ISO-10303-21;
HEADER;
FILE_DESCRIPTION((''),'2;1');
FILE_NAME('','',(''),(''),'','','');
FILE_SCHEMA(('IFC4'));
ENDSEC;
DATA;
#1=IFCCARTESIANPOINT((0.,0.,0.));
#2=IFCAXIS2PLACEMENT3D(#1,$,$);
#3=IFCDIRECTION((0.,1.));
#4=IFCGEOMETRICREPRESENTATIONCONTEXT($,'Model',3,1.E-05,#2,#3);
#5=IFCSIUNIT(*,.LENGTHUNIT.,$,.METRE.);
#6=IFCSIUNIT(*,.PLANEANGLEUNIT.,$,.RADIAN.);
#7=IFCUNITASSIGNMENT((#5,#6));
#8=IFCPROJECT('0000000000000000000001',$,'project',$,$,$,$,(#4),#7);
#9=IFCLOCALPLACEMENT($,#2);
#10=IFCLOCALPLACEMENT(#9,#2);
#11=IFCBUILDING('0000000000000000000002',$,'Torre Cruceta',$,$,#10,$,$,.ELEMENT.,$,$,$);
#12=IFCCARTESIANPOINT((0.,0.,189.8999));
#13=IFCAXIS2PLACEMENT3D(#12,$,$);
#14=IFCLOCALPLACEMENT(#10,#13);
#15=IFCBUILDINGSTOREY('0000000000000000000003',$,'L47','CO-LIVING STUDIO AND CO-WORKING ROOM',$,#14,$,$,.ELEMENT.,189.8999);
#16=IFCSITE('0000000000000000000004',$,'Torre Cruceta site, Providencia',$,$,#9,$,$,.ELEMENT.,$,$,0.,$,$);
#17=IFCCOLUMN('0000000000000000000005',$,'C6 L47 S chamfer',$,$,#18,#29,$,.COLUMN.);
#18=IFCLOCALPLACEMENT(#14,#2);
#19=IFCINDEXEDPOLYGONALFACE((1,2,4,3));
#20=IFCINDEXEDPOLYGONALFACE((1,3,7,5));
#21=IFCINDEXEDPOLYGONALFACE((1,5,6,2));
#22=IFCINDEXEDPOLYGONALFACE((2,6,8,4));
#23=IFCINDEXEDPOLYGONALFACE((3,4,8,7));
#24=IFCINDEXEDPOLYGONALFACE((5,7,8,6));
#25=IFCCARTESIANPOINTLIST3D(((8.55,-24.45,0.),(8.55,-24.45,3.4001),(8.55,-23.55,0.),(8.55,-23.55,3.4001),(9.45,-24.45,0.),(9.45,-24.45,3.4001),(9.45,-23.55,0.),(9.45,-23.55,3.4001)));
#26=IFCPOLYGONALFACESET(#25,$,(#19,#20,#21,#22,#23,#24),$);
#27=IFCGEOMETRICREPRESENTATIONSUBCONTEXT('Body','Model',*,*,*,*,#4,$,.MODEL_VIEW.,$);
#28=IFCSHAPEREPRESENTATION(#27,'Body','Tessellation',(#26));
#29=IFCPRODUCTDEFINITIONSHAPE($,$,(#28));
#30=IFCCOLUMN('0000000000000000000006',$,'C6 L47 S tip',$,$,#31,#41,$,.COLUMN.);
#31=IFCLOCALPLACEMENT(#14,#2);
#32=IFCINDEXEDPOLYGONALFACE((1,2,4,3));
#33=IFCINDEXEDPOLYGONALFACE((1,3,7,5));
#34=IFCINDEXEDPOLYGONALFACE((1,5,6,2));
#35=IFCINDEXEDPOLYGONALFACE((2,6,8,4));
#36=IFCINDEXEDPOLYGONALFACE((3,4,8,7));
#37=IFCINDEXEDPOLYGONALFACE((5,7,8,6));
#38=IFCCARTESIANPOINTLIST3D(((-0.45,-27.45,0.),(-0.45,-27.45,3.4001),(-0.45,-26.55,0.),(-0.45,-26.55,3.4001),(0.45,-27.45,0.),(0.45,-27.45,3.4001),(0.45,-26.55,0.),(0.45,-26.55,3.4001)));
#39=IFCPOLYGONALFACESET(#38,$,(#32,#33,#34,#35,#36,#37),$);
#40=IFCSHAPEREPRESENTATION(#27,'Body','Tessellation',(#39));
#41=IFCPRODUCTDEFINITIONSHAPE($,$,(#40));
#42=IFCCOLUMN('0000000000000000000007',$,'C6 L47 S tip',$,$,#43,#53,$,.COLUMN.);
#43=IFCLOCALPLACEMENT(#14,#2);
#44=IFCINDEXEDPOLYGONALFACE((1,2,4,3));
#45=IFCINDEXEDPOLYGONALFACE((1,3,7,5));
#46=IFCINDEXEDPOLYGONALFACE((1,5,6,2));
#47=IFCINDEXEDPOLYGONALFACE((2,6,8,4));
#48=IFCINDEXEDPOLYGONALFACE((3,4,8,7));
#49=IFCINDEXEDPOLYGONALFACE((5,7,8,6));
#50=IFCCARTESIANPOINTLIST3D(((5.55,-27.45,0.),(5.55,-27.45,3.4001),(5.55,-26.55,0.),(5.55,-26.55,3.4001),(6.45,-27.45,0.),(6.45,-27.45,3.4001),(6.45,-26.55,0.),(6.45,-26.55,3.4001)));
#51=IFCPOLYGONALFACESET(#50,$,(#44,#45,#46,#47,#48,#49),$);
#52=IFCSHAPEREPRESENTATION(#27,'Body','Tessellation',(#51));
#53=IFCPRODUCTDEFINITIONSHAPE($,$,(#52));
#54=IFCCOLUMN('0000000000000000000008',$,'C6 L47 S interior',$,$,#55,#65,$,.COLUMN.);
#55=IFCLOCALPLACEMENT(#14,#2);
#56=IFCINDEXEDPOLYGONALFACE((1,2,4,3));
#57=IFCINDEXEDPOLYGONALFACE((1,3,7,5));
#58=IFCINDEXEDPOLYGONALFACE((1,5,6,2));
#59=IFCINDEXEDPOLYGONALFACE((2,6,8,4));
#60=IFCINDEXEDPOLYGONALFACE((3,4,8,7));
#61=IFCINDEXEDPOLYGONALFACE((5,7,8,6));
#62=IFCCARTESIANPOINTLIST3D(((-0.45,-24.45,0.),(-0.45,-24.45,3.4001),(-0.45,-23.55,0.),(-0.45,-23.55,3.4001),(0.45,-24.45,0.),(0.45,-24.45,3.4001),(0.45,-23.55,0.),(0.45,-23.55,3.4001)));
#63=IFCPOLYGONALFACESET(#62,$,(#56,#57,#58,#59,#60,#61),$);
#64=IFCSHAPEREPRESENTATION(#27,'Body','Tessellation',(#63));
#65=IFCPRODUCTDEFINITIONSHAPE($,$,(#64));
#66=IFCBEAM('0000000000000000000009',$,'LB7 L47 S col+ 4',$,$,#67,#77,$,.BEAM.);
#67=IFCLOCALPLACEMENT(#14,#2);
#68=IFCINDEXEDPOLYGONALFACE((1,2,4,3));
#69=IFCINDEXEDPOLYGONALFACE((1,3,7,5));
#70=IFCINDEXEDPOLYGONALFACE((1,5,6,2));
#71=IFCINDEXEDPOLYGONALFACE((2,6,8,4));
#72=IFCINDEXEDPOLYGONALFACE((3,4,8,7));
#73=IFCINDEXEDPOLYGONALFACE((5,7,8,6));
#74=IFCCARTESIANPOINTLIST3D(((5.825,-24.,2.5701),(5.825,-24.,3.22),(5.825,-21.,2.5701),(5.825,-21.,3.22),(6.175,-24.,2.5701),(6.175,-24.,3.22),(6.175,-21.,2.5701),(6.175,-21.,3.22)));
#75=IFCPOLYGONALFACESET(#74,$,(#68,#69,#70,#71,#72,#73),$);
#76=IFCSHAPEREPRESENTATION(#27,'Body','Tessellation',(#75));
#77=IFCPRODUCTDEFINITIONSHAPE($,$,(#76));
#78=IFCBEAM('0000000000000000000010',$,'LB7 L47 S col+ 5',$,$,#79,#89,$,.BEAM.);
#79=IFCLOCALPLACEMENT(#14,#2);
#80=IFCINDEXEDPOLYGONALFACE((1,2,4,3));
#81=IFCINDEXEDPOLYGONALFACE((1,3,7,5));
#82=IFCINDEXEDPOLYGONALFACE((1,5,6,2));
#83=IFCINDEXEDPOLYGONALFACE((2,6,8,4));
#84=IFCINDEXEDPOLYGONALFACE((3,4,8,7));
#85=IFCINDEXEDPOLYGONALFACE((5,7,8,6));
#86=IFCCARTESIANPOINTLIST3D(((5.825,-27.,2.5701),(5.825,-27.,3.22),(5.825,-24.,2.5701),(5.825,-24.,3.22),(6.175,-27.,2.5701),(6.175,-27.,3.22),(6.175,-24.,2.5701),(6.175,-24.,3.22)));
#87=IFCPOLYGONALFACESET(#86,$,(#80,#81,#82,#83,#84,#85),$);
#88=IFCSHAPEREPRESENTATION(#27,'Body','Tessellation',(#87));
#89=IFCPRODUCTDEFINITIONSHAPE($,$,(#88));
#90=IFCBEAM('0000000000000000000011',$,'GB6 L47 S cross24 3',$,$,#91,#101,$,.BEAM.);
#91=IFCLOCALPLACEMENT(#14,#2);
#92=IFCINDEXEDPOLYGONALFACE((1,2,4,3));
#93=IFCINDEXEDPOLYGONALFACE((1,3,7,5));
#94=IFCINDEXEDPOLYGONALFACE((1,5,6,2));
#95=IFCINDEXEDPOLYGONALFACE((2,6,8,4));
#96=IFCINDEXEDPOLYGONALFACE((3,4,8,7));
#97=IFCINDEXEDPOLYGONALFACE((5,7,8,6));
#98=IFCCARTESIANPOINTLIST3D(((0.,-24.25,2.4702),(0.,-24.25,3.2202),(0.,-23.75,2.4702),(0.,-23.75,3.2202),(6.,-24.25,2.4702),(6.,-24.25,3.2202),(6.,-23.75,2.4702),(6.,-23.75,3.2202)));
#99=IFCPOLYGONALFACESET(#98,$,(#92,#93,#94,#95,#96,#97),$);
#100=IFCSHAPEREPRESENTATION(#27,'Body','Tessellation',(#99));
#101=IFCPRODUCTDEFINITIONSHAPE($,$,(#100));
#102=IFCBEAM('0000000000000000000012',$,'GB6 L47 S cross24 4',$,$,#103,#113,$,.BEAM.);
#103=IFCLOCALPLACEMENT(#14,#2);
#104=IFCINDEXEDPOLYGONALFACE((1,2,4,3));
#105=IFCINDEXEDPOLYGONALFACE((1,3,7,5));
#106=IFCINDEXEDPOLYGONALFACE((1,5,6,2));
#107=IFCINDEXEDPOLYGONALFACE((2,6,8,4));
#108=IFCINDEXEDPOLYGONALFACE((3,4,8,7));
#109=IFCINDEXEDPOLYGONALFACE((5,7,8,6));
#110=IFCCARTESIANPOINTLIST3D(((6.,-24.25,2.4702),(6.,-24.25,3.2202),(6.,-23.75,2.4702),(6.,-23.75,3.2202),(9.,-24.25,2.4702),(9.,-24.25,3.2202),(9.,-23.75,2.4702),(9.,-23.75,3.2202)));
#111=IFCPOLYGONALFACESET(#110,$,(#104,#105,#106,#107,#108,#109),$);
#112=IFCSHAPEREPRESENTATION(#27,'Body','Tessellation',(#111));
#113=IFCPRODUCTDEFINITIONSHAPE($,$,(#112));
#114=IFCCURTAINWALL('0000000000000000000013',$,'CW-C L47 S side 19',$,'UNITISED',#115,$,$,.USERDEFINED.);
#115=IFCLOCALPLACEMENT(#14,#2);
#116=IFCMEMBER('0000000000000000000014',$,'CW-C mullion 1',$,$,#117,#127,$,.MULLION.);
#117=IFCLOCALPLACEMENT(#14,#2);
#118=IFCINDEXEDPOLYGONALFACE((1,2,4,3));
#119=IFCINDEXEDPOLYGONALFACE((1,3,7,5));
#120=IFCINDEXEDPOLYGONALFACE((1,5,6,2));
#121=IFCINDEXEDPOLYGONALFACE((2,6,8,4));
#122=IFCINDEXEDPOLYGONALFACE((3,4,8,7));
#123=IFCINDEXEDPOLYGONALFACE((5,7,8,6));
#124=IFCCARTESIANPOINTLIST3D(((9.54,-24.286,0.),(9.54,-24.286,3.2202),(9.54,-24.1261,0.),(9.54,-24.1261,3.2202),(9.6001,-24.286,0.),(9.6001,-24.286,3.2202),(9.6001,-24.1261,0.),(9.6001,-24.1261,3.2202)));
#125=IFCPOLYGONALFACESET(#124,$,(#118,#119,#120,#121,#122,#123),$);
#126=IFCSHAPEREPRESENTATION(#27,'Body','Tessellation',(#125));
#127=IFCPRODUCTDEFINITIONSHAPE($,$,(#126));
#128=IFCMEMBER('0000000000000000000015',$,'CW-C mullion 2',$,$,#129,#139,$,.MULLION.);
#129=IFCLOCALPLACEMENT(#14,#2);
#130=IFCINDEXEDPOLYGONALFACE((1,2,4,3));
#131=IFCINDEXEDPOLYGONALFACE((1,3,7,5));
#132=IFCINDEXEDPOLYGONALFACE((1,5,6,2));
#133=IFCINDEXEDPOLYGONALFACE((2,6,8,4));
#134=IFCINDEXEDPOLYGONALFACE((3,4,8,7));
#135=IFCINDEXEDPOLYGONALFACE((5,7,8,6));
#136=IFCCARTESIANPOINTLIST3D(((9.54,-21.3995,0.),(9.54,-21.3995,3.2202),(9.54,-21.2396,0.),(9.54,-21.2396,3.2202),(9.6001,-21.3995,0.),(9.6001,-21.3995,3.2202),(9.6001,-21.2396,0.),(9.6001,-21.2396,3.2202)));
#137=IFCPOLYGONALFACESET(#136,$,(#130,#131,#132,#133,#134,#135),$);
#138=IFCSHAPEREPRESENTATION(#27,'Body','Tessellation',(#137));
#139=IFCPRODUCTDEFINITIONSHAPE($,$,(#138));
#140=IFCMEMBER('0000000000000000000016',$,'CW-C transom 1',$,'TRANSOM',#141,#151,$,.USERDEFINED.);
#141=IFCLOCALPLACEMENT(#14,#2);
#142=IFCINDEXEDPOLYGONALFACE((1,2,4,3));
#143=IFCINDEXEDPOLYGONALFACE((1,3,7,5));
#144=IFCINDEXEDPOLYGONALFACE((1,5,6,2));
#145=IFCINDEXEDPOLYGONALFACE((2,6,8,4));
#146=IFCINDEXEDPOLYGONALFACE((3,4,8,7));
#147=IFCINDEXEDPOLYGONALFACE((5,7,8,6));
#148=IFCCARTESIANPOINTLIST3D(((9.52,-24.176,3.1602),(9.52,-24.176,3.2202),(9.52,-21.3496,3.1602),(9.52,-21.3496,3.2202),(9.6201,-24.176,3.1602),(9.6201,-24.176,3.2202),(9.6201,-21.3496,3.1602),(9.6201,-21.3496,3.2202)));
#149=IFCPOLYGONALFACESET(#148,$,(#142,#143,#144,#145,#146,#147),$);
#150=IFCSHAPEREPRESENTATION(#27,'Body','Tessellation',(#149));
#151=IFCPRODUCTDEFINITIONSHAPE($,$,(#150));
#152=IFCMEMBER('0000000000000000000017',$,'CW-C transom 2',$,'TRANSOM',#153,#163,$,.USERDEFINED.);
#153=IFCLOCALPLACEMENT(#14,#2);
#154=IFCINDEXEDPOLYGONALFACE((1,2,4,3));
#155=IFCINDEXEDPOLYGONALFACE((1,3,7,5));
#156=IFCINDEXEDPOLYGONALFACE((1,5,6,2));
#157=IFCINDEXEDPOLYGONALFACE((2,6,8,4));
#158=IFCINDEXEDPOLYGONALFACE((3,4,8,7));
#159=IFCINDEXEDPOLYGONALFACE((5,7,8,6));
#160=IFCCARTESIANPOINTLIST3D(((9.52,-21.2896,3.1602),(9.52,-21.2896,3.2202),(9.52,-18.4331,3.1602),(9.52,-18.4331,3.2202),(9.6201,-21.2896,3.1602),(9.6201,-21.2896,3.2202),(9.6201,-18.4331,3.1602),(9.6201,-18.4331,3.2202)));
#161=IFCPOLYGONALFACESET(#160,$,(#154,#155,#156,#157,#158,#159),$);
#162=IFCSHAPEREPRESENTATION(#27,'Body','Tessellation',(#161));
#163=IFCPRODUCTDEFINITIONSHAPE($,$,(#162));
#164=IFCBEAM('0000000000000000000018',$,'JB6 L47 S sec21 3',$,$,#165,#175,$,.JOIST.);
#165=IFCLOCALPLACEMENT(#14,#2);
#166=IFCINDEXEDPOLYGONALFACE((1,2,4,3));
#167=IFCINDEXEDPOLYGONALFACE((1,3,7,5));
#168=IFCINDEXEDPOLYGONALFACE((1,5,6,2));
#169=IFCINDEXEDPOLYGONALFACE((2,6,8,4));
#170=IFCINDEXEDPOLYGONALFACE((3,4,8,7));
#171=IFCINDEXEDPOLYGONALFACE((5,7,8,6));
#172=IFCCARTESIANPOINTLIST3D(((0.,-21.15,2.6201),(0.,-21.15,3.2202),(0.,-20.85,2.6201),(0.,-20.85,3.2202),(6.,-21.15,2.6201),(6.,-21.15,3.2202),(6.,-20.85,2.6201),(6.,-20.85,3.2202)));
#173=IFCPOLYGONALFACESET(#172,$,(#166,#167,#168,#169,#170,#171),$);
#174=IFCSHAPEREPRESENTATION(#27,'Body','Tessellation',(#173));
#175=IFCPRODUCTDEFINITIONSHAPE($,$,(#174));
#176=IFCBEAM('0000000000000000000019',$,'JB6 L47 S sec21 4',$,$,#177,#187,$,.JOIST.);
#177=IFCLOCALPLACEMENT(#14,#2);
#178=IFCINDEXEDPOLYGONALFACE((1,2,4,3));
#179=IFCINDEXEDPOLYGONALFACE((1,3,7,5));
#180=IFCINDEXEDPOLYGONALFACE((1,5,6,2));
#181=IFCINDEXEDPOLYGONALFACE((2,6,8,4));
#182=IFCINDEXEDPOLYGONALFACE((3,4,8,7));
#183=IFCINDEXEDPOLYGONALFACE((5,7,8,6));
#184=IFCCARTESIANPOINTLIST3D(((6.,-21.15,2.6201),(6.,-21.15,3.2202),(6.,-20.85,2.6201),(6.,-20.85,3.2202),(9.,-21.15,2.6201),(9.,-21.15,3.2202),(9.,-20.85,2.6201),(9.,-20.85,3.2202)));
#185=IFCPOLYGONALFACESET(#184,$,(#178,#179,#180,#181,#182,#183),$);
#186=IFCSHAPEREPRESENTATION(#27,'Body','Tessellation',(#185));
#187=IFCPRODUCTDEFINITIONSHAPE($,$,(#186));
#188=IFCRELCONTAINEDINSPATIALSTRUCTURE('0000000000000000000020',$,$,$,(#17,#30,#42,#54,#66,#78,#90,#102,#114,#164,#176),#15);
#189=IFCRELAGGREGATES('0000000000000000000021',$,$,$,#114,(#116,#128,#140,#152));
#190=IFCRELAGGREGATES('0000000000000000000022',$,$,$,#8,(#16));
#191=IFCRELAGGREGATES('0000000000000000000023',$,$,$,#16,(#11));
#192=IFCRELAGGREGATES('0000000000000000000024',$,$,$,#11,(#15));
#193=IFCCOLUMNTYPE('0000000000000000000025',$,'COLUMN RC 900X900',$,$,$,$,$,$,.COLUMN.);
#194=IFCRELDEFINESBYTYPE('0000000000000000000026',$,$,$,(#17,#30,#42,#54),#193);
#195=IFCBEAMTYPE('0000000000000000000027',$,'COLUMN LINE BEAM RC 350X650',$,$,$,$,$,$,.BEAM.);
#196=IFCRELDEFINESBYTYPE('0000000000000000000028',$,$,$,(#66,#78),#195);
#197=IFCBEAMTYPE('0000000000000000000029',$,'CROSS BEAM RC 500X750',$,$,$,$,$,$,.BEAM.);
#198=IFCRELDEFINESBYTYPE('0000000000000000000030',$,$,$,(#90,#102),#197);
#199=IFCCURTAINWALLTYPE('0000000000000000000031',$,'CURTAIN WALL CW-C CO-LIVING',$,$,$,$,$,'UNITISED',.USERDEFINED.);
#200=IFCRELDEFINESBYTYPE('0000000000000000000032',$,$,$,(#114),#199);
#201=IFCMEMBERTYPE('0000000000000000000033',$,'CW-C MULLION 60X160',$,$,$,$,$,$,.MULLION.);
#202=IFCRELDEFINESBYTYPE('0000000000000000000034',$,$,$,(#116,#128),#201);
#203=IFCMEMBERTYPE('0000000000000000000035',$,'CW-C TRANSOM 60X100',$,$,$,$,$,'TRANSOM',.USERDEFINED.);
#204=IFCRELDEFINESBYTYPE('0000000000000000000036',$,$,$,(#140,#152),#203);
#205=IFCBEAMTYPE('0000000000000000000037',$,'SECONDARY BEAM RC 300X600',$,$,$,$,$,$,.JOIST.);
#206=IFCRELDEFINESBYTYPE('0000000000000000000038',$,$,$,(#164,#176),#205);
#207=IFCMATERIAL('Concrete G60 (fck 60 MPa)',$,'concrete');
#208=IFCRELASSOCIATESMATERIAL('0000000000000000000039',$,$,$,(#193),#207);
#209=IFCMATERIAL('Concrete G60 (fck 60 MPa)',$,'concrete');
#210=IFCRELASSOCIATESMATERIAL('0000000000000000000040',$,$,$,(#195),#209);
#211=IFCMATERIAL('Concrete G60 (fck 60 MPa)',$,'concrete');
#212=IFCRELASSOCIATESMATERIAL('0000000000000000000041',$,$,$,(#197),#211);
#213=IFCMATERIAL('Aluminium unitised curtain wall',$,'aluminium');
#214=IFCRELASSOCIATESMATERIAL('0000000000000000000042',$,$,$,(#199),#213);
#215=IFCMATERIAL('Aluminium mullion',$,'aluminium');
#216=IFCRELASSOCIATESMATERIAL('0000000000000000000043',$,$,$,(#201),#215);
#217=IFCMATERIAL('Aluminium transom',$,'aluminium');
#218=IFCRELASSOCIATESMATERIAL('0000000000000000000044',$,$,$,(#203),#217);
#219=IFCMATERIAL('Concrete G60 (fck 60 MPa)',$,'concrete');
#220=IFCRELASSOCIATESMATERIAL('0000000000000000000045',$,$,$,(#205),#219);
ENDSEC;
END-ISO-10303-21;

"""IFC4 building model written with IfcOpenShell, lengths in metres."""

from ifc_helpers import new_model, si_unit, direction, frame, origin, origin_2d, place, context, subcontext, project, spatial, rectangle, extrude, material, material_profile, profile_set, type_object, element, aggregate, save


model = new_model("IFC4")

# Units and contexts
model_context = context("Model", 3, precision=1e-05, world=origin(), true_north=direction((0.0, 1.0)))
body_context = subcontext(model_context, "Body", "Model", "MODEL_VIEW")
ifc_project = project(units=[si_unit("LENGTHUNIT", "METRE"), si_unit("PLANEANGLEUNIT", "RADIAN")], contexts=[model_context])

# Site, building, storey
site_placement = place(None, origin())
site = spatial("IfcSite", under=ifc_project, at=site_placement, Name="Torre Cruceta site, Providencia", CompositionType="ELEMENT", RefElevation=0.0)
building_placement = place(site_placement, origin())
building = spatial("IfcBuilding", under=site, at=building_placement, Name="Torre Cruceta", CompositionType="ELEMENT")
storey_placement = place(building_placement, frame((0.0, 0.0, 189.8999)))
storey = spatial("IfcBuildingStorey", under=building, at=storey_placement, Name="L47", Description="CO-LIVING STUDIO AND CO-WORKING ROOM", CompositionType="ELEMENT", Elevation=189.8999)

# Columns
ifc_material_1 = material(Name="Concrete G60 (fck 60 MPa)", Category="concrete")
ifc_material_profile_1 = material_profile(ifc_material_1, rectangle(XDim=0.8999, YDim=0.8999, at=origin_2d()), Name="RC 900X900")
ifc_profile_set_1 = profile_set([ifc_material_profile_1], Name="Concrete G60 (fck 60 MPa)")
column_type = type_object("IfcColumnType", Name="COLUMN RC 900X900", PredefinedType="COLUMN", material=ifc_profile_set_1)
for number, where, z_axis, x_axis, name in (
    (1, (9.0, -24.0, 0.0), (0.0, 0.0, 1.0), (1.0, 0.0, 0.0), "C6 L47 S chamfer"),
    (2, (0.0, -27.0, 0.0), (0.0, 0.0, 1.0), (1.0, 0.0, 0.0), "C6 L47 S tip"),
    (3, (6.0, -27.0, 0.0), (0.0, 0.0, 1.0), (1.0, 0.0, 0.0), "C6 L47 S tip"),
    (4, (0.0, -24.0, 0.0), (0.0, 0.0, 1.0), (1.0, 0.0, 0.0), "C6 L47 S interior"),
):
    element("IfcColumn", number, at=place(storey_placement, frame(where, z_axis=z_axis, x_axis=x_axis)), inside=storey, type_object=column_type, Name=name, PredefinedType="COLUMN", context=body_context, shape_type="SweptSolid", body=[
        extrude(rectangle(XDim=0.8999, YDim=0.8999, at=origin_2d()), origin(), (0.0, 0.0, 1.0), 3.4001),
    ])

# Beams
ifc_material_2 = material(Name="Concrete G60 (fck 60 MPa)", Category="concrete")
ifc_material_profile_2 = material_profile(ifc_material_2, rectangle(XDim=0.3501, YDim=0.6499, at=origin_2d()), Name="RC 350X650")
ifc_profile_set_2 = profile_set([ifc_material_profile_2], Name="Concrete G60 (fck 60 MPa)")
beam_type_1 = type_object("IfcBeamType", Name="COLUMN LINE BEAM RC 350X650", PredefinedType="BEAM", material=ifc_profile_set_2)
for number, where, z_axis, x_axis, name in (
    (5, (6.0, -21.0, 2.895), (0.0, -1.0, 0.0), (1.0, 0.0, 0.0), "LB7 L47 S col+ 4"),
    (6, (6.0, -24.0, 2.895), (0.0, -1.0, 0.0), (1.0, 0.0, 0.0), "LB7 L47 S col+ 5"),
):
    element("IfcBeam", number, at=place(storey_placement, frame(where, z_axis=z_axis, x_axis=x_axis)), inside=storey, type_object=beam_type_1, Name=name, PredefinedType="BEAM", context=body_context, shape_type="SweptSolid", body=[
        extrude(rectangle(XDim=0.3501, YDim=0.6499, at=origin_2d()), origin(), (0.0, 0.0, 1.0), 3.0),
    ])
ifc_material_3 = material(Name="Concrete G60 (fck 60 MPa)", Category="concrete")
ifc_material_profile_3 = material_profile(ifc_material_3, rectangle(XDim=0.5, YDim=0.75, at=origin_2d()), Name="RC 500X750")
ifc_profile_set_3 = profile_set([ifc_material_profile_3], Name="Concrete G60 (fck 60 MPa)")
beam_type_2 = type_object("IfcBeamType", Name="CROSS BEAM RC 500X750", PredefinedType="BEAM", material=ifc_profile_set_3)
beam_1_placement = place(storey_placement, frame((0.0, -24.0, 2.8452), z_axis=(1.0, 0.0, 0.0), x_axis=(0.0, 1.0, 0.0)))
element("IfcBeam", 7, at=beam_1_placement, inside=storey, type_object=beam_type_2, Name="GB6 L47 S cross24 3", PredefinedType="BEAM", context=body_context, shape_type="SweptSolid", body=[
    extrude(rectangle(XDim=0.5, YDim=0.75, at=origin_2d()), origin(), (0.0, 0.0, 1.0), 6.0),
])
beam_2_placement = place(storey_placement, frame((6.0, -24.0, 2.8452), z_axis=(1.0, 0.0, 0.0), x_axis=(0.0, 1.0, 0.0)))
element("IfcBeam", 8, at=beam_2_placement, inside=storey, type_object=beam_type_2, Name="GB6 L47 S cross24 4", PredefinedType="BEAM", context=body_context, shape_type="SweptSolid", body=[
    extrude(rectangle(XDim=0.5, YDim=0.75, at=origin_2d()), origin(), (0.0, 0.0, 1.0), 3.0),
])

# Curtain wall, members
ifc_material_4 = material(Name="Aluminium unitised curtain wall", Category="aluminium")
curtain_wall_type = type_object("IfcCurtainWallType", Name="CURTAIN WALL CW-C CO-LIVING", ElementType="UNITISED", PredefinedType="USERDEFINED", material=ifc_material_4)
curtain_wall_placement = place(storey_placement, origin())
curtain_wall = element("IfcCurtainWall", 9, at=curtain_wall_placement, inside=storey, type_object=curtain_wall_type, Name="CW-C L47 S side 19", ObjectType="UNITISED", PredefinedType="USERDEFINED")
ifc_material_5 = material(Name="Aluminium mullion", Category="aluminium")
ifc_material_profile_4 = material_profile(ifc_material_5, rectangle(XDim=0.0601, YDim=0.1599, at=origin_2d()), Name="AL 60X160")
ifc_profile_set_4 = profile_set([ifc_material_profile_4], Name="Aluminium mullion")
member_type_1 = type_object("IfcMemberType", Name="CW-C MULLION 60X160", PredefinedType="MULLION", material=ifc_profile_set_4)
member_1_placement = place(storey_placement, frame((9.5701, -24.2061, 0.0), z_axis=(0.0, 0.0, 1.0), x_axis=(-1.0, 0.0, 0.0)))
member_1 = element("IfcMember", 10, at=member_1_placement, type_object=member_type_1, Name="CW-C mullion 1", PredefinedType="MULLION", context=body_context, shape_type="SweptSolid", body=[
    extrude(rectangle(XDim=0.0601, YDim=0.1599, at=origin_2d()), origin(), (0.0, 0.0, 1.0), 3.2202),
])
member_2_placement = place(storey_placement, frame((9.5701, -21.3196, 0.0), z_axis=(0.0, 0.0, 1.0), x_axis=(-1.0, 0.0, 0.0)))
member_2 = element("IfcMember", 11, at=member_2_placement, type_object=member_type_1, Name="CW-C mullion 2", PredefinedType="MULLION", context=body_context, shape_type="SweptSolid", body=[
    extrude(rectangle(XDim=0.0601, YDim=0.1599, at=origin_2d()), origin(), (0.0, 0.0, 1.0), 3.2202),
])
ifc_material_6 = material(Name="Aluminium transom", Category="aluminium")
ifc_material_profile_5 = material_profile(ifc_material_6, rectangle(XDim=0.1001, YDim=0.0601, at=origin_2d()), Name="AL 100X60")
ifc_profile_set_5 = profile_set([ifc_material_profile_5], Name="Aluminium transom")
member_type_2 = type_object("IfcMemberType", Name="CW-C TRANSOM 60X100", ElementType="TRANSOM", PredefinedType="USERDEFINED", material=ifc_profile_set_5)
member_3_placement = place(storey_placement, frame((9.5701, -24.176, 3.1902), z_axis=(0.0, 1.0, 0.0), x_axis=(-1.0, 0.0, 0.0)))
member_3 = element("IfcMember", 12, at=member_3_placement, type_object=member_type_2, Name="CW-C transom 1", ObjectType="TRANSOM", PredefinedType="USERDEFINED", context=body_context, shape_type="SweptSolid", body=[
    extrude(rectangle(XDim=0.1001, YDim=0.0601, at=origin_2d()), origin(), (0.0, 0.0, 1.0), 2.8264),
])
member_4_placement = place(storey_placement, frame((9.5701, -21.2896, 3.1902), z_axis=(0.0, 1.0, 0.0), x_axis=(-1.0, 0.0, 0.0)))
member_4 = element("IfcMember", 13, at=member_4_placement, type_object=member_type_2, Name="CW-C transom 2", ObjectType="TRANSOM", PredefinedType="USERDEFINED", context=body_context, shape_type="SweptSolid", body=[
    extrude(rectangle(XDim=0.1001, YDim=0.0601, at=origin_2d()), origin(), (0.0, 0.0, 1.0), 2.8564),
])

# Beams
ifc_material_7 = material(Name="Concrete G60 (fck 60 MPa)", Category="concrete")
ifc_material_profile_6 = material_profile(ifc_material_7, rectangle(XDim=0.3, YDim=0.6001, at=origin_2d()), Name="RC 300X600")
ifc_profile_set_6 = profile_set([ifc_material_profile_6], Name="Concrete G60 (fck 60 MPa)")
beam_type_3 = type_object("IfcBeamType", Name="SECONDARY BEAM RC 300X600", PredefinedType="JOIST", material=ifc_profile_set_6)
beam_3_placement = place(storey_placement, frame((0.0, -21.0, 2.9202), z_axis=(1.0, 0.0, 0.0), x_axis=(0.0, 1.0, 0.0)))
element("IfcBeam", 14, at=beam_3_placement, inside=storey, type_object=beam_type_3, Name="JB6 L47 S sec21 3", PredefinedType="JOIST", context=body_context, shape_type="SweptSolid", body=[
    extrude(rectangle(XDim=0.3, YDim=0.6001, at=origin_2d()), origin(), (0.0, 0.0, 1.0), 6.0),
])
beam_4_placement = place(storey_placement, frame((6.0, -21.0, 2.9202), z_axis=(1.0, 0.0, 0.0), x_axis=(0.0, 1.0, 0.0)))
element("IfcBeam", 15, at=beam_4_placement, inside=storey, type_object=beam_type_3, Name="JB6 L47 S sec21 4", PredefinedType="JOIST", context=body_context, shape_type="SweptSolid", body=[
    extrude(rectangle(XDim=0.3, YDim=0.6001, at=origin_2d()), origin(), (0.0, 0.0, 1.0), 3.0),
])

aggregate(curtain_wall, [member_1, member_2, member_3, member_4])

save(model, "model.ifc")
